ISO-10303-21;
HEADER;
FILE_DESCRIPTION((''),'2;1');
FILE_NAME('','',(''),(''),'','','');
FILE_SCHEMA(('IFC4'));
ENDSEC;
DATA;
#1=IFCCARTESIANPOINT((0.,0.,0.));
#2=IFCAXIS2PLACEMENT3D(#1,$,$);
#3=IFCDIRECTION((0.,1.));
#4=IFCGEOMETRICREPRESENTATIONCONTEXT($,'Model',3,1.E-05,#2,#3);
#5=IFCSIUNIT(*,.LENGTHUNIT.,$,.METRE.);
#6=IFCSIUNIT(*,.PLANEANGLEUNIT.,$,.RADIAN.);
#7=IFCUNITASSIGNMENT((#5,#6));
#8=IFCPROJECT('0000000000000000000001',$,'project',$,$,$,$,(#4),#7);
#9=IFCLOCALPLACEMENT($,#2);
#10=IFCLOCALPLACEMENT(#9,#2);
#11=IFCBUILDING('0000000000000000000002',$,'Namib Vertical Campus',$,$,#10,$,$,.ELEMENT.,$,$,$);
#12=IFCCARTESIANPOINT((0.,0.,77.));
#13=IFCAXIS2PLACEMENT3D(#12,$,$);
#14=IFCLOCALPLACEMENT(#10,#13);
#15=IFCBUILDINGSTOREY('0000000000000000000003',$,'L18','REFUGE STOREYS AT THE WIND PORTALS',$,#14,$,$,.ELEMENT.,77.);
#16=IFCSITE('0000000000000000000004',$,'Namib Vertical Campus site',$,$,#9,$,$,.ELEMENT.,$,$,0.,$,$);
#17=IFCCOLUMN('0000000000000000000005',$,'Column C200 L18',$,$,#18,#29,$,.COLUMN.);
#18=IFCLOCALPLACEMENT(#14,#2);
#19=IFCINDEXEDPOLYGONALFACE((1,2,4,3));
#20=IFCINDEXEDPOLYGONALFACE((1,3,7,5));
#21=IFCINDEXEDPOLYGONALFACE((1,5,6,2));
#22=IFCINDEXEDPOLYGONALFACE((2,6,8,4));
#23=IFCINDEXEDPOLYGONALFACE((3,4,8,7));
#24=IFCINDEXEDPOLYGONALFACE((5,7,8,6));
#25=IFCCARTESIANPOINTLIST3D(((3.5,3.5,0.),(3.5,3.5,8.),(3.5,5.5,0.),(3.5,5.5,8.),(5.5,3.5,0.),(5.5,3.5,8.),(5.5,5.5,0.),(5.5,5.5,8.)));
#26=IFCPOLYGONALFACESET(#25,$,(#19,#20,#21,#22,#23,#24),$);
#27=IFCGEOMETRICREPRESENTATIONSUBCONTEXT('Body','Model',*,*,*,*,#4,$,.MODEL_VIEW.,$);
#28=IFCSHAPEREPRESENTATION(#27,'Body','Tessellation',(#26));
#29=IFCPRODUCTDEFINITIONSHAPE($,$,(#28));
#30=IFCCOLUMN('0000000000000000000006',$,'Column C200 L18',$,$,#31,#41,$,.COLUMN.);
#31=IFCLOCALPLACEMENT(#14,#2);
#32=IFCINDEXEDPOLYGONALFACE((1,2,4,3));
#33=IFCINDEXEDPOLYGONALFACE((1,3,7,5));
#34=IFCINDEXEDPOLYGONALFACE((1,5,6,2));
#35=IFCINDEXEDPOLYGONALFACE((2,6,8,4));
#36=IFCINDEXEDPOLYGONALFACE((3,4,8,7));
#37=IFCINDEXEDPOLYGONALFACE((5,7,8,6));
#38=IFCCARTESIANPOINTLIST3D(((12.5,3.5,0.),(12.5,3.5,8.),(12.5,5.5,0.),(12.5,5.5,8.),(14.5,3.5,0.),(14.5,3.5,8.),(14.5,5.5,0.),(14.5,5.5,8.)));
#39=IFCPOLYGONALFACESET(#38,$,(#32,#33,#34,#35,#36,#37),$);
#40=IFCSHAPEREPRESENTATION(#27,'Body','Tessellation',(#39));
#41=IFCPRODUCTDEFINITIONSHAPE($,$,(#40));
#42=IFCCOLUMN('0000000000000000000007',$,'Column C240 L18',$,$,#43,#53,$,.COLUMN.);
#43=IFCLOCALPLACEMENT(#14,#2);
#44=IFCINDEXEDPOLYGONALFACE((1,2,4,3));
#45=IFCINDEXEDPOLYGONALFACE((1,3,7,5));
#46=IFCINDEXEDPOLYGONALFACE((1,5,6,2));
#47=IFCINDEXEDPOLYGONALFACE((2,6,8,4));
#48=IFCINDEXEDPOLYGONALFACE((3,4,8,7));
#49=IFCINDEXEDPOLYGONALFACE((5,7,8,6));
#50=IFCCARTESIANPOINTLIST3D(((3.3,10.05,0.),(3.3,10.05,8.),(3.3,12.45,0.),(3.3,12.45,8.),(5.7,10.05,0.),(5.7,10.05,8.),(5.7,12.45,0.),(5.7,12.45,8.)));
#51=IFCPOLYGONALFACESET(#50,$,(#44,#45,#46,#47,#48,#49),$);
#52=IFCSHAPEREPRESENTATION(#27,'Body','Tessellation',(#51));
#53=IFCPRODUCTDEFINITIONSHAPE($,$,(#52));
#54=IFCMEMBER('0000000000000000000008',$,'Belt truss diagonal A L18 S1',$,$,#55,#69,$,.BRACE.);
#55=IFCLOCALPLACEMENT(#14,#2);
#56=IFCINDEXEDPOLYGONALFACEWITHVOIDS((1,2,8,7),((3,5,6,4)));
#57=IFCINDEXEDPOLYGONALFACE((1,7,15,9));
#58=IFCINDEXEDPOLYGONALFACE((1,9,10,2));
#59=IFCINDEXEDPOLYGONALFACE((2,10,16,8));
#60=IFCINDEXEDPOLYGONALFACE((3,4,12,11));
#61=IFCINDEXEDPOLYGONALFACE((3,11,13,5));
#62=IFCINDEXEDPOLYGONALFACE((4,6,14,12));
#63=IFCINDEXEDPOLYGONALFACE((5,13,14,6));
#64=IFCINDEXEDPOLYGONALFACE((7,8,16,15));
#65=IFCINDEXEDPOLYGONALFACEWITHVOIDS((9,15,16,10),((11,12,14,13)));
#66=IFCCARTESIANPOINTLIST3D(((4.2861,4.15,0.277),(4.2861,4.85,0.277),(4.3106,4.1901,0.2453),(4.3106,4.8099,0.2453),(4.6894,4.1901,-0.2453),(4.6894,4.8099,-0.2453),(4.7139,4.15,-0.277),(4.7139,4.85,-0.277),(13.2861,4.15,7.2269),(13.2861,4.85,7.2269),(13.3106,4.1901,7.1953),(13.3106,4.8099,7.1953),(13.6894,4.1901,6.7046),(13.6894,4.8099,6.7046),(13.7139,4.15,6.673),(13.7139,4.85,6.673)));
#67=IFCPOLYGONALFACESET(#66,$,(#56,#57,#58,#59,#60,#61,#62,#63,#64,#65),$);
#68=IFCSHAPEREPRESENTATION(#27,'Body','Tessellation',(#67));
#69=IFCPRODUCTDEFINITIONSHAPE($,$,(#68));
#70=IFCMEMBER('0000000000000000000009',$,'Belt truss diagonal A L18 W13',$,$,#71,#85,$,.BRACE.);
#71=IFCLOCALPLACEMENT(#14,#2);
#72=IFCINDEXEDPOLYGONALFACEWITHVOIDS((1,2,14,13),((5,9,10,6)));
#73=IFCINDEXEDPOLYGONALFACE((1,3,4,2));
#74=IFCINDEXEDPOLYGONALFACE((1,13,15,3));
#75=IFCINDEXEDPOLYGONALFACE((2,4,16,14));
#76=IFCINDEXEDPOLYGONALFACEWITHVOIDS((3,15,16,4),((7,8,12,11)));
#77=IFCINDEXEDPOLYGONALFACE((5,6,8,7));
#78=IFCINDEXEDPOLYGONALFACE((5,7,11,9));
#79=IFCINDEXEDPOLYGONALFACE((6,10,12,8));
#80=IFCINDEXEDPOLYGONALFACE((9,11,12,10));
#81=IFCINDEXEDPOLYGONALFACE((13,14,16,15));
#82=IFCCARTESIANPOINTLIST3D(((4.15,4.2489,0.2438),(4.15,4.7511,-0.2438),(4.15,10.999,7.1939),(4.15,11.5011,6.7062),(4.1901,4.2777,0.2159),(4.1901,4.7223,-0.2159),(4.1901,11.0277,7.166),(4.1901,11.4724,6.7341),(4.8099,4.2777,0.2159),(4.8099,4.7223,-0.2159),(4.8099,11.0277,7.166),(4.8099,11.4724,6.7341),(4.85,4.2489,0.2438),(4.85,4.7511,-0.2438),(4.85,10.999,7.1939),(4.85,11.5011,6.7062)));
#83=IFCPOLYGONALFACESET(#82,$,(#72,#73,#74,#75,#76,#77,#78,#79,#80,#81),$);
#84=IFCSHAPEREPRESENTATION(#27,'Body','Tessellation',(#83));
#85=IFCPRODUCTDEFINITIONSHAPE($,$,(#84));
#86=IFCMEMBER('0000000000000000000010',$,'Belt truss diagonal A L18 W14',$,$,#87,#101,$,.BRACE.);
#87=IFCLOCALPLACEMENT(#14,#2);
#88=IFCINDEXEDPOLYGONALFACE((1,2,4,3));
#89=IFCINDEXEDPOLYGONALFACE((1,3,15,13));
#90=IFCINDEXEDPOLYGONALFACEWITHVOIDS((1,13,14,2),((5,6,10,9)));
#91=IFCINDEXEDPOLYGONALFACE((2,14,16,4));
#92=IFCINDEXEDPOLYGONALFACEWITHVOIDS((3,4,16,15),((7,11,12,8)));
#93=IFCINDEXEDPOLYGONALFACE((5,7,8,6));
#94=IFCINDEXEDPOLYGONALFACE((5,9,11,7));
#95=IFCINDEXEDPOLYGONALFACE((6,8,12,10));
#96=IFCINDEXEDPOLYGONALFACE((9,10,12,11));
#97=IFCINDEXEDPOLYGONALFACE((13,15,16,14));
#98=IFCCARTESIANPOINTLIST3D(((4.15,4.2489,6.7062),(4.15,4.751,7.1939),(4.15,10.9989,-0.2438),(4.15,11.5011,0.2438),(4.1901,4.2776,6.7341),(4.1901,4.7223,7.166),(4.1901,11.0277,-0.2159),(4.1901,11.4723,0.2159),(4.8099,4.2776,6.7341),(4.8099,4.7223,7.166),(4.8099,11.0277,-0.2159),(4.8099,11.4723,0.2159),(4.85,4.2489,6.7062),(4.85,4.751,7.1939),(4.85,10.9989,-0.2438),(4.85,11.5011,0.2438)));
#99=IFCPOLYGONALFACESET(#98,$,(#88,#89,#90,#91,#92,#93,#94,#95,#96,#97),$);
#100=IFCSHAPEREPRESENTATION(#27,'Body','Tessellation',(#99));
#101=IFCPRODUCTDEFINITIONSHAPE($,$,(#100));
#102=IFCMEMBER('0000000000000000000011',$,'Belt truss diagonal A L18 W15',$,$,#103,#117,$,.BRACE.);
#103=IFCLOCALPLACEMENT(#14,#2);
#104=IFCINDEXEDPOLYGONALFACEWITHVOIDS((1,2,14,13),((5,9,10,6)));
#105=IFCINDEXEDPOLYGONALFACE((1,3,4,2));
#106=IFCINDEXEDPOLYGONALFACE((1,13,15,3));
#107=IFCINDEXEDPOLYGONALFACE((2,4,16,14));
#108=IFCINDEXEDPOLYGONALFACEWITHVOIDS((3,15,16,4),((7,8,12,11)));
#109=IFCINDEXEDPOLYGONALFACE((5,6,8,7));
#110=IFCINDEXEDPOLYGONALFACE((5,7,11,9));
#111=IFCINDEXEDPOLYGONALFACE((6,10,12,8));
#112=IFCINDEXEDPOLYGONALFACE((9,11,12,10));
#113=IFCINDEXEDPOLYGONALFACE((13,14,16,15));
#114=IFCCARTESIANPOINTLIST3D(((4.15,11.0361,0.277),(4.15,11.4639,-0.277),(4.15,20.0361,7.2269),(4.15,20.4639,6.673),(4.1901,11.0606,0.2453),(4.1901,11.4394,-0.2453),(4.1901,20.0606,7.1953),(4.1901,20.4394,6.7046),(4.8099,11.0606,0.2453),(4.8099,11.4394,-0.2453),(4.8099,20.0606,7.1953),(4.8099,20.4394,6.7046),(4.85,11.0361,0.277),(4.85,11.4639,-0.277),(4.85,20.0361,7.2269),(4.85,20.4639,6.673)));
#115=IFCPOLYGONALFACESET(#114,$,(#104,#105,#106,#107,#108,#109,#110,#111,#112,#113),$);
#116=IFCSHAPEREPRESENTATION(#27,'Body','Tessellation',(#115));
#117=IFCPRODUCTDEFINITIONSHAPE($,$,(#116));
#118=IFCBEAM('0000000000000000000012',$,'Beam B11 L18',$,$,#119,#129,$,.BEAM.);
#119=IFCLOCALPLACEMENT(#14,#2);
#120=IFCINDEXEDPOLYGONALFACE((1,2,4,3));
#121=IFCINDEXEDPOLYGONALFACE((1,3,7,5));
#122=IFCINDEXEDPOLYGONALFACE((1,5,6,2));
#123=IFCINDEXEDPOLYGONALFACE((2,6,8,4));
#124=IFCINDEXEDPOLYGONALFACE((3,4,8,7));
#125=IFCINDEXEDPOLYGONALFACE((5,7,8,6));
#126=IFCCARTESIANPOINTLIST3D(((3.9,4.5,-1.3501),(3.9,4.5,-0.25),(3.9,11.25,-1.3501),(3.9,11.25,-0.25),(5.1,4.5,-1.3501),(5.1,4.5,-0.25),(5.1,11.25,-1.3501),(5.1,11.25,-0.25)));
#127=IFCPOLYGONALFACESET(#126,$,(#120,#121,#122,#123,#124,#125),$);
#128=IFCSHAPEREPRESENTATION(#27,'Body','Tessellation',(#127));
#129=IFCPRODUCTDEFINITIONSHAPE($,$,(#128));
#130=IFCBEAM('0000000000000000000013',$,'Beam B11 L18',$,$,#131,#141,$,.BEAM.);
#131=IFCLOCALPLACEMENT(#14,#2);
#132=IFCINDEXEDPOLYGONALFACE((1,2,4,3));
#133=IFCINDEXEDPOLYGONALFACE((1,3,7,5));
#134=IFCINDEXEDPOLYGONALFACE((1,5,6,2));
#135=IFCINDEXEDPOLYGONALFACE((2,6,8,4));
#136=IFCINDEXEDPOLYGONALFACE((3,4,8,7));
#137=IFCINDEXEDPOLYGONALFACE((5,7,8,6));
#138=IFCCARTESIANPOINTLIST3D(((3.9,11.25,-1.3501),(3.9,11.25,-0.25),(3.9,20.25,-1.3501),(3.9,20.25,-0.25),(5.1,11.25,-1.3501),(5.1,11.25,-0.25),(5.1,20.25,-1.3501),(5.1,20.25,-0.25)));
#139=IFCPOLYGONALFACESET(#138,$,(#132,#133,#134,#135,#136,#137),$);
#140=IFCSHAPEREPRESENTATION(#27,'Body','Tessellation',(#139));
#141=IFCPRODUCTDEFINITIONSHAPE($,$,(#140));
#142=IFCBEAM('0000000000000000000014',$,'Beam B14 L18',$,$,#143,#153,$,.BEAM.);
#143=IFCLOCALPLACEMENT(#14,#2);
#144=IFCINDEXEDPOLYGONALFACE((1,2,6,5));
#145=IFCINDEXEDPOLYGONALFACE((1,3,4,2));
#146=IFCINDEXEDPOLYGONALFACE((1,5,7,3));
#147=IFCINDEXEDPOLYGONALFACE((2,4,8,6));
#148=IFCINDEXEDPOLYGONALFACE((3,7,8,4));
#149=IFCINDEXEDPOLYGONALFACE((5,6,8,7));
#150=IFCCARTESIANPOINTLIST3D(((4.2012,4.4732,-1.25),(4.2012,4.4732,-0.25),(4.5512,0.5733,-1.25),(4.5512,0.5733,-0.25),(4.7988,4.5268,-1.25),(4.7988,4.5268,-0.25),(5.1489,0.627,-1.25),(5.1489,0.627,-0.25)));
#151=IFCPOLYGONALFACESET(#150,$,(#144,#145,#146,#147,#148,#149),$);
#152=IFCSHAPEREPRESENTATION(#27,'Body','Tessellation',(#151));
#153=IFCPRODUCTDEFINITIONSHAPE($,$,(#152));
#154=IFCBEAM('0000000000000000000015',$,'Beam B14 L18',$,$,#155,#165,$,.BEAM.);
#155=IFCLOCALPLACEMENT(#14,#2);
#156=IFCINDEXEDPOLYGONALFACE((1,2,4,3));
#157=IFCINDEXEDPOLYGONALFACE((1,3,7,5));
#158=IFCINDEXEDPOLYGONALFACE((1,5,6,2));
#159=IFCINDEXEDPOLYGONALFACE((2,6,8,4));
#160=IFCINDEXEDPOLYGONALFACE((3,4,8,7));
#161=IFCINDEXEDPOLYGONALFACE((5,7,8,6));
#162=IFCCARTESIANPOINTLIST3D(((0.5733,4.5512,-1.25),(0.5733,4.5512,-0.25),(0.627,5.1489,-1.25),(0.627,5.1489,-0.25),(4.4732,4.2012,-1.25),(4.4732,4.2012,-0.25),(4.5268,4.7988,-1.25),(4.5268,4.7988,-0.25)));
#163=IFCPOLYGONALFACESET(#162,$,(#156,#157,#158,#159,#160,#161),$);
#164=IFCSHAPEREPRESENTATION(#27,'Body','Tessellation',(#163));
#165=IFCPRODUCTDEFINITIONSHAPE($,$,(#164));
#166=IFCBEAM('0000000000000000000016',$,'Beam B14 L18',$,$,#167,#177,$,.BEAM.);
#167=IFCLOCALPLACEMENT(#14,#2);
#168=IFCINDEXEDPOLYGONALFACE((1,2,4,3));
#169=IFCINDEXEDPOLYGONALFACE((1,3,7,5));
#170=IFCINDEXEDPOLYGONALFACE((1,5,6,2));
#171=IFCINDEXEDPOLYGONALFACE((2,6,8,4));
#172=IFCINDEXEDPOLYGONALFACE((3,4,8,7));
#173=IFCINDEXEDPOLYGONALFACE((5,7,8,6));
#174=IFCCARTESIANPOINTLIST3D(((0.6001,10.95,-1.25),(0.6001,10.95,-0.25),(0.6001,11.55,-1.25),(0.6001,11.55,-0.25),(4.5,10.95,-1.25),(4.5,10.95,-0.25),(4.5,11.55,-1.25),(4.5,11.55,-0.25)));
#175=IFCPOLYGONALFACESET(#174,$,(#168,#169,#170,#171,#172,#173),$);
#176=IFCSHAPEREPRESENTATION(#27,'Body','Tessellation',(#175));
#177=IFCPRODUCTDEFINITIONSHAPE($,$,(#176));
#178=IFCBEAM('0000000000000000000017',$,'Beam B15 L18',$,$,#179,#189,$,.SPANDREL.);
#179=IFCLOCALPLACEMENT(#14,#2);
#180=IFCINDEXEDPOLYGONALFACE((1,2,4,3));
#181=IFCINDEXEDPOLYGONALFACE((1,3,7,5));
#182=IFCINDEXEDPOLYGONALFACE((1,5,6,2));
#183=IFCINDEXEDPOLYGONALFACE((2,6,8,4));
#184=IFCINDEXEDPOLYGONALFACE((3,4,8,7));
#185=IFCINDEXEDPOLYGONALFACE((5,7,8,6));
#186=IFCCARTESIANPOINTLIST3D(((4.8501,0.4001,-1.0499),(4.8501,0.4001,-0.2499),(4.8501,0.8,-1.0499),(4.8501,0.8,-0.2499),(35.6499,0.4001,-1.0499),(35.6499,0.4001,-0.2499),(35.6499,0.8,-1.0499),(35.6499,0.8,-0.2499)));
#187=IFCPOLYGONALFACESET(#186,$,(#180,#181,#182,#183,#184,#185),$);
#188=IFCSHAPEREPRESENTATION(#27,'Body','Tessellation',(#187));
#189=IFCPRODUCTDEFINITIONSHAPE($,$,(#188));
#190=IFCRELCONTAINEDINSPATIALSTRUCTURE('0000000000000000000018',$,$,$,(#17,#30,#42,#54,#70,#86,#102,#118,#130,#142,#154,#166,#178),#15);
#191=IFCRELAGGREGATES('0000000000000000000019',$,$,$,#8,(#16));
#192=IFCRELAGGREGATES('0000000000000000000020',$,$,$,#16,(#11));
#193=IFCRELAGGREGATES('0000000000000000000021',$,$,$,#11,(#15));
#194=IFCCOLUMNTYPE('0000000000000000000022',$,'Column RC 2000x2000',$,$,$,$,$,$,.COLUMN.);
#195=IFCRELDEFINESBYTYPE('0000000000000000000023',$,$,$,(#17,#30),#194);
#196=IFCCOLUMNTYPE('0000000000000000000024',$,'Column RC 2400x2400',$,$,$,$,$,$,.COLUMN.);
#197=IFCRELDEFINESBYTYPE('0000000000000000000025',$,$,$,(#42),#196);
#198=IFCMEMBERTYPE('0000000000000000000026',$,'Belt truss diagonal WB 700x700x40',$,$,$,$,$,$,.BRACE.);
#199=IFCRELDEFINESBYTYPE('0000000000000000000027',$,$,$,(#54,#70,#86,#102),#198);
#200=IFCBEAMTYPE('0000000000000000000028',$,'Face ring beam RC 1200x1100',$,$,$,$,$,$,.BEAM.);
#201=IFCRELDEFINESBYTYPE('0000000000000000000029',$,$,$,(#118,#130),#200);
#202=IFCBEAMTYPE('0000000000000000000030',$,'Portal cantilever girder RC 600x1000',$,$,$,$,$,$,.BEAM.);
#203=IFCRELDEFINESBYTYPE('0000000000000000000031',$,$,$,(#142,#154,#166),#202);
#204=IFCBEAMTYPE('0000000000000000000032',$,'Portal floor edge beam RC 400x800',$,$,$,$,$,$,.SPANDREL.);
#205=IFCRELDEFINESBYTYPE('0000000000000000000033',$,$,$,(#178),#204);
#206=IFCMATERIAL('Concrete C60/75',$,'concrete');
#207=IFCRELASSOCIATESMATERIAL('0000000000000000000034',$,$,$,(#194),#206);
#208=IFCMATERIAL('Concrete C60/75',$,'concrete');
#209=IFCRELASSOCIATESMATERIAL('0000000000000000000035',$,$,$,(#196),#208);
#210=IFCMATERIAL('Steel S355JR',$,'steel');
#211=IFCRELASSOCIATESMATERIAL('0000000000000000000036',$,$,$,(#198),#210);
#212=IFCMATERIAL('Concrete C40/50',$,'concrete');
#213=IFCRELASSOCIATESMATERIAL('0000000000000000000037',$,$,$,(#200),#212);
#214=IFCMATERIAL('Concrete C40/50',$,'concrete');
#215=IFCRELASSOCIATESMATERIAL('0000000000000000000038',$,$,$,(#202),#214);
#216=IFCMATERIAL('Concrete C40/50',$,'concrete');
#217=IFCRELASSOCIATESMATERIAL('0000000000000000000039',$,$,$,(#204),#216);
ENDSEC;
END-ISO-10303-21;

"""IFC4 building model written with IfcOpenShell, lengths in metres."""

from ifc_helpers import new_model, si_unit, direction, frame, origin, origin_2d, place, context, subcontext, project, spatial, rectangle, hollow_rectangle, extrude, material, material_profile, profile_set, type_object, element, save


model = new_model("IFC4")

# Units and contexts
model_context = context("Model", 3, precision=1e-05, world=origin(), true_north=direction((0.0, 1.0)))
body_context = subcontext(model_context, "Body", "Model", "MODEL_VIEW")
ifc_project = project(units=[si_unit("LENGTHUNIT", "METRE"), si_unit("PLANEANGLEUNIT", "RADIAN")], contexts=[model_context])

# Site, building, storey
site_placement = place(None, origin())
site = spatial("IfcSite", under=ifc_project, at=site_placement, Name="Namib Vertical Campus site", CompositionType="ELEMENT", RefElevation=0.0)
building_placement = place(site_placement, origin())
building = spatial("IfcBuilding", under=site, at=building_placement, Name="Namib Vertical Campus", CompositionType="ELEMENT")
storey_placement = place(building_placement, frame((0.0, 0.0, 77.0)))
storey = spatial("IfcBuildingStorey", under=building, at=storey_placement, Name="L18", Description="REFUGE STOREYS AT THE WIND PORTALS", CompositionType="ELEMENT", Elevation=77.0)

# Columns
ifc_material_1 = material(Name="Concrete C60/75", Category="concrete")
ifc_material_profile_1 = material_profile(ifc_material_1, rectangle(XDim=2.0, YDim=2.0, at=origin_2d()))
ifc_profile_set_1 = profile_set([ifc_material_profile_1], Name="Concrete C60/75")
column_type_1 = type_object("IfcColumnType", Name="Column RC 2000x2000", PredefinedType="COLUMN", material=ifc_profile_set_1)
for number, where, z_axis, x_axis, name in (
    (1, (4.5, 4.5, 0.0), (0.0, 0.0, 1.0), (1.0, 0.0, 0.0), "Column C200 L18"),
    (2, (13.5, 4.5, 0.0), (0.0, 0.0, 1.0), (1.0, 0.0, 0.0), "Column C200 L18"),
):
    element("IfcColumn", number, at=place(storey_placement, frame(where, z_axis=z_axis, x_axis=x_axis)), inside=storey, type_object=column_type_1, Name=name, PredefinedType="COLUMN", context=body_context, shape_type="SweptSolid", body=[
        extrude(rectangle(XDim=2.0, YDim=2.0, at=origin_2d()), origin(), (0.0, 0.0, 1.0), 8.0),
    ])
ifc_material_2 = material(Name="Concrete C60/75", Category="concrete")
ifc_material_profile_2 = material_profile(ifc_material_2, rectangle(XDim=2.3999, YDim=2.3999, at=origin_2d()))
ifc_profile_set_2 = profile_set([ifc_material_profile_2], Name="Concrete C60/75")
column_type_2 = type_object("IfcColumnType", Name="Column RC 2400x2400", PredefinedType="COLUMN", material=ifc_profile_set_2)
column_placement = place(storey_placement, frame((4.5, 11.25, 0.0), z_axis=(0.0, 0.0, 1.0), x_axis=(1.0, 0.0, 0.0)))
element("IfcColumn", 3, at=column_placement, inside=storey, type_object=column_type_2, Name="Column C240 L18", PredefinedType="COLUMN", context=body_context, shape_type="SweptSolid", body=[
    extrude(rectangle(XDim=2.3999, YDim=2.3999, at=origin_2d()), origin(), (0.0, 0.0, 1.0), 8.0),
])

# Members
ifc_material_3 = material(Name="Steel S355JR", Category="steel")
ifc_material_profile_3 = material_profile(ifc_material_3, hollow_rectangle(XDim=0.7, YDim=0.7, WallThickness=0.04, at=origin_2d()))
ifc_profile_set_3 = profile_set([ifc_material_profile_3], Name="Steel S355JR")
member_type = type_object("IfcMemberType", Name="Belt truss diagonal WB 700x700x40", PredefinedType="BRACE", material=ifc_profile_set_3)
member_1_placement = place(storey_placement, frame((4.5, 4.5, 0.0), z_axis=(0.79148, 0.0, 0.611194), x_axis=(0.0, 1.0, 0.0)))
element("IfcMember", 4, at=member_1_placement, inside=storey, type_object=member_type, Name="Belt truss diagonal A L18 S1", PredefinedType="BRACE", context=body_context, shape_type="SweptSolid", body=[
    extrude(hollow_rectangle(XDim=0.7, YDim=0.7, WallThickness=0.04, at=origin_2d()), origin(), (0.0, 0.0, 1.0), 11.3711),
])
for number, where, z_axis, x_axis, name in (
    (5, (4.5, 4.5, 0.0), (0.0, 0.696712, 0.717351), (-1.0, 0.0, 0.0), "Belt truss diagonal A L18 W13"),
    (6, (4.5, 11.25, 0.0), (0.0, -0.696712, 0.717351), (1.0, 0.0, 0.0), "Belt truss diagonal A L18 W14"),
):
    element("IfcMember", number, at=place(storey_placement, frame(where, z_axis=z_axis, x_axis=x_axis)), inside=storey, type_object=member_type, Name=name, PredefinedType="BRACE", context=body_context, shape_type="SweptSolid", body=[
        extrude(hollow_rectangle(XDim=0.7, YDim=0.7, WallThickness=0.04, at=origin_2d()), origin(), (0.0, 0.0, 1.0), 9.6885),
    ])
member_2_placement = place(storey_placement, frame((4.5, 11.25, 0.0), z_axis=(0.0, 0.79148, 0.611194), x_axis=(-1.0, 0.0, 0.0)))
element("IfcMember", 7, at=member_2_placement, inside=storey, type_object=member_type, Name="Belt truss diagonal A L18 W15", PredefinedType="BRACE", context=body_context, shape_type="SweptSolid", body=[
    extrude(hollow_rectangle(XDim=0.7, YDim=0.7, WallThickness=0.04, at=origin_2d()), origin(), (0.0, 0.0, 1.0), 11.3711),
])

# Beams
ifc_material_4 = material(Name="Concrete C40/50", Category="concrete")
ifc_material_profile_4 = material_profile(ifc_material_4, rectangle(XDim=1.2, YDim=1.1001, at=origin_2d()))
ifc_profile_set_4 = profile_set([ifc_material_profile_4], Name="Concrete C40/50")
beam_type_1 = type_object("IfcBeamType", Name="Face ring beam RC 1200x1100", PredefinedType="BEAM", material=ifc_profile_set_4)
beam_1_placement = place(storey_placement, frame((4.5, 4.5, -0.8), z_axis=(0.0, 1.0, 0.0), x_axis=(-1.0, 0.0, 0.0)))
element("IfcBeam", 8, at=beam_1_placement, inside=storey, type_object=beam_type_1, Name="Beam B11 L18", PredefinedType="BEAM", context=body_context, shape_type="SweptSolid", body=[
    extrude(rectangle(XDim=1.2, YDim=1.1001, at=origin_2d()), origin(), (0.0, 0.0, 1.0), 6.75),
])
beam_2_placement = place(storey_placement, frame((4.5, 11.25, -0.8), z_axis=(0.0, 1.0, 0.0), x_axis=(-1.0, 0.0, 0.0)))
element("IfcBeam", 9, at=beam_2_placement, inside=storey, type_object=beam_type_1, Name="Beam B11 L18", PredefinedType="BEAM", context=body_context, shape_type="SweptSolid", body=[
    extrude(rectangle(XDim=1.2, YDim=1.1001, at=origin_2d()), origin(), (0.0, 0.0, 1.0), 9.0),
])
ifc_material_5 = material(Name="Concrete C40/50", Category="concrete")
ifc_material_profile_5 = material_profile(ifc_material_5, rectangle(XDim=0.6001, YDim=1.0, at=origin_2d()))
ifc_profile_set_5 = profile_set([ifc_material_profile_5], Name="Concrete C40/50")
beam_type_2 = type_object("IfcBeamType", Name="Portal cantilever girder RC 600x1000", PredefinedType="BEAM", material=ifc_profile_set_5)
for number, where, z_axis, x_axis, name in (
    (10, (4.5, 4.5, -0.75), (0.089411, -0.995995, 0.0), (0.995995, 0.089411, 0.0), "Beam B14 L18"),
    (11, (4.5, 4.5, -0.75), (-0.995995, 0.089411, 0.0), (-0.089411, -0.995995, 0.0), "Beam B14 L18"),
):
    element("IfcBeam", number, at=place(storey_placement, frame(where, z_axis=z_axis, x_axis=x_axis)), inside=storey, type_object=beam_type_2, Name=name, PredefinedType="BEAM", context=body_context, shape_type="SweptSolid", body=[
        extrude(rectangle(XDim=0.6001, YDim=1.0, at=origin_2d()), origin(), (0.0, 0.0, 1.0), 3.9155),
    ])
beam_3_placement = place(storey_placement, frame((4.5, 11.25, -0.75), z_axis=(-1.0, 0.0, 0.0), x_axis=(0.0, -1.0, 0.0)))
element("IfcBeam", 12, at=beam_3_placement, inside=storey, type_object=beam_type_2, Name="Beam B14 L18", PredefinedType="BEAM", context=body_context, shape_type="SweptSolid", body=[
    extrude(rectangle(XDim=0.6001, YDim=1.0, at=origin_2d()), origin(), (0.0, 0.0, 1.0), 3.8999),
])
ifc_material_6 = material(Name="Concrete C40/50", Category="concrete")
ifc_material_profile_6 = material_profile(ifc_material_6, rectangle(XDim=0.3999, YDim=0.8, at=origin_2d()))
ifc_profile_set_6 = profile_set([ifc_material_profile_6], Name="Concrete C40/50")
beam_type_3 = type_object("IfcBeamType", Name="Portal floor edge beam RC 400x800", PredefinedType="SPANDREL", material=ifc_profile_set_6)
for number, where, z_axis, x_axis, name in (
    (13, (4.8501, 0.6001, -0.6499), (1.0, 0.0, 0.0), (0.0, 1.0, 0.0), "Beam B15 L18"),
):
    element("IfcBeam", number, at=place(storey_placement, frame(where, z_axis=z_axis, x_axis=x_axis)), inside=storey, type_object=beam_type_3, Name=name, PredefinedType="SPANDREL", context=body_context, shape_type="SweptSolid", body=[
        extrude(rectangle(XDim=0.3999, YDim=0.8, at=origin_2d()), origin(), (0.0, 0.0, 1.0), 30.7998),
    ])

save(model, "model.ifc")
